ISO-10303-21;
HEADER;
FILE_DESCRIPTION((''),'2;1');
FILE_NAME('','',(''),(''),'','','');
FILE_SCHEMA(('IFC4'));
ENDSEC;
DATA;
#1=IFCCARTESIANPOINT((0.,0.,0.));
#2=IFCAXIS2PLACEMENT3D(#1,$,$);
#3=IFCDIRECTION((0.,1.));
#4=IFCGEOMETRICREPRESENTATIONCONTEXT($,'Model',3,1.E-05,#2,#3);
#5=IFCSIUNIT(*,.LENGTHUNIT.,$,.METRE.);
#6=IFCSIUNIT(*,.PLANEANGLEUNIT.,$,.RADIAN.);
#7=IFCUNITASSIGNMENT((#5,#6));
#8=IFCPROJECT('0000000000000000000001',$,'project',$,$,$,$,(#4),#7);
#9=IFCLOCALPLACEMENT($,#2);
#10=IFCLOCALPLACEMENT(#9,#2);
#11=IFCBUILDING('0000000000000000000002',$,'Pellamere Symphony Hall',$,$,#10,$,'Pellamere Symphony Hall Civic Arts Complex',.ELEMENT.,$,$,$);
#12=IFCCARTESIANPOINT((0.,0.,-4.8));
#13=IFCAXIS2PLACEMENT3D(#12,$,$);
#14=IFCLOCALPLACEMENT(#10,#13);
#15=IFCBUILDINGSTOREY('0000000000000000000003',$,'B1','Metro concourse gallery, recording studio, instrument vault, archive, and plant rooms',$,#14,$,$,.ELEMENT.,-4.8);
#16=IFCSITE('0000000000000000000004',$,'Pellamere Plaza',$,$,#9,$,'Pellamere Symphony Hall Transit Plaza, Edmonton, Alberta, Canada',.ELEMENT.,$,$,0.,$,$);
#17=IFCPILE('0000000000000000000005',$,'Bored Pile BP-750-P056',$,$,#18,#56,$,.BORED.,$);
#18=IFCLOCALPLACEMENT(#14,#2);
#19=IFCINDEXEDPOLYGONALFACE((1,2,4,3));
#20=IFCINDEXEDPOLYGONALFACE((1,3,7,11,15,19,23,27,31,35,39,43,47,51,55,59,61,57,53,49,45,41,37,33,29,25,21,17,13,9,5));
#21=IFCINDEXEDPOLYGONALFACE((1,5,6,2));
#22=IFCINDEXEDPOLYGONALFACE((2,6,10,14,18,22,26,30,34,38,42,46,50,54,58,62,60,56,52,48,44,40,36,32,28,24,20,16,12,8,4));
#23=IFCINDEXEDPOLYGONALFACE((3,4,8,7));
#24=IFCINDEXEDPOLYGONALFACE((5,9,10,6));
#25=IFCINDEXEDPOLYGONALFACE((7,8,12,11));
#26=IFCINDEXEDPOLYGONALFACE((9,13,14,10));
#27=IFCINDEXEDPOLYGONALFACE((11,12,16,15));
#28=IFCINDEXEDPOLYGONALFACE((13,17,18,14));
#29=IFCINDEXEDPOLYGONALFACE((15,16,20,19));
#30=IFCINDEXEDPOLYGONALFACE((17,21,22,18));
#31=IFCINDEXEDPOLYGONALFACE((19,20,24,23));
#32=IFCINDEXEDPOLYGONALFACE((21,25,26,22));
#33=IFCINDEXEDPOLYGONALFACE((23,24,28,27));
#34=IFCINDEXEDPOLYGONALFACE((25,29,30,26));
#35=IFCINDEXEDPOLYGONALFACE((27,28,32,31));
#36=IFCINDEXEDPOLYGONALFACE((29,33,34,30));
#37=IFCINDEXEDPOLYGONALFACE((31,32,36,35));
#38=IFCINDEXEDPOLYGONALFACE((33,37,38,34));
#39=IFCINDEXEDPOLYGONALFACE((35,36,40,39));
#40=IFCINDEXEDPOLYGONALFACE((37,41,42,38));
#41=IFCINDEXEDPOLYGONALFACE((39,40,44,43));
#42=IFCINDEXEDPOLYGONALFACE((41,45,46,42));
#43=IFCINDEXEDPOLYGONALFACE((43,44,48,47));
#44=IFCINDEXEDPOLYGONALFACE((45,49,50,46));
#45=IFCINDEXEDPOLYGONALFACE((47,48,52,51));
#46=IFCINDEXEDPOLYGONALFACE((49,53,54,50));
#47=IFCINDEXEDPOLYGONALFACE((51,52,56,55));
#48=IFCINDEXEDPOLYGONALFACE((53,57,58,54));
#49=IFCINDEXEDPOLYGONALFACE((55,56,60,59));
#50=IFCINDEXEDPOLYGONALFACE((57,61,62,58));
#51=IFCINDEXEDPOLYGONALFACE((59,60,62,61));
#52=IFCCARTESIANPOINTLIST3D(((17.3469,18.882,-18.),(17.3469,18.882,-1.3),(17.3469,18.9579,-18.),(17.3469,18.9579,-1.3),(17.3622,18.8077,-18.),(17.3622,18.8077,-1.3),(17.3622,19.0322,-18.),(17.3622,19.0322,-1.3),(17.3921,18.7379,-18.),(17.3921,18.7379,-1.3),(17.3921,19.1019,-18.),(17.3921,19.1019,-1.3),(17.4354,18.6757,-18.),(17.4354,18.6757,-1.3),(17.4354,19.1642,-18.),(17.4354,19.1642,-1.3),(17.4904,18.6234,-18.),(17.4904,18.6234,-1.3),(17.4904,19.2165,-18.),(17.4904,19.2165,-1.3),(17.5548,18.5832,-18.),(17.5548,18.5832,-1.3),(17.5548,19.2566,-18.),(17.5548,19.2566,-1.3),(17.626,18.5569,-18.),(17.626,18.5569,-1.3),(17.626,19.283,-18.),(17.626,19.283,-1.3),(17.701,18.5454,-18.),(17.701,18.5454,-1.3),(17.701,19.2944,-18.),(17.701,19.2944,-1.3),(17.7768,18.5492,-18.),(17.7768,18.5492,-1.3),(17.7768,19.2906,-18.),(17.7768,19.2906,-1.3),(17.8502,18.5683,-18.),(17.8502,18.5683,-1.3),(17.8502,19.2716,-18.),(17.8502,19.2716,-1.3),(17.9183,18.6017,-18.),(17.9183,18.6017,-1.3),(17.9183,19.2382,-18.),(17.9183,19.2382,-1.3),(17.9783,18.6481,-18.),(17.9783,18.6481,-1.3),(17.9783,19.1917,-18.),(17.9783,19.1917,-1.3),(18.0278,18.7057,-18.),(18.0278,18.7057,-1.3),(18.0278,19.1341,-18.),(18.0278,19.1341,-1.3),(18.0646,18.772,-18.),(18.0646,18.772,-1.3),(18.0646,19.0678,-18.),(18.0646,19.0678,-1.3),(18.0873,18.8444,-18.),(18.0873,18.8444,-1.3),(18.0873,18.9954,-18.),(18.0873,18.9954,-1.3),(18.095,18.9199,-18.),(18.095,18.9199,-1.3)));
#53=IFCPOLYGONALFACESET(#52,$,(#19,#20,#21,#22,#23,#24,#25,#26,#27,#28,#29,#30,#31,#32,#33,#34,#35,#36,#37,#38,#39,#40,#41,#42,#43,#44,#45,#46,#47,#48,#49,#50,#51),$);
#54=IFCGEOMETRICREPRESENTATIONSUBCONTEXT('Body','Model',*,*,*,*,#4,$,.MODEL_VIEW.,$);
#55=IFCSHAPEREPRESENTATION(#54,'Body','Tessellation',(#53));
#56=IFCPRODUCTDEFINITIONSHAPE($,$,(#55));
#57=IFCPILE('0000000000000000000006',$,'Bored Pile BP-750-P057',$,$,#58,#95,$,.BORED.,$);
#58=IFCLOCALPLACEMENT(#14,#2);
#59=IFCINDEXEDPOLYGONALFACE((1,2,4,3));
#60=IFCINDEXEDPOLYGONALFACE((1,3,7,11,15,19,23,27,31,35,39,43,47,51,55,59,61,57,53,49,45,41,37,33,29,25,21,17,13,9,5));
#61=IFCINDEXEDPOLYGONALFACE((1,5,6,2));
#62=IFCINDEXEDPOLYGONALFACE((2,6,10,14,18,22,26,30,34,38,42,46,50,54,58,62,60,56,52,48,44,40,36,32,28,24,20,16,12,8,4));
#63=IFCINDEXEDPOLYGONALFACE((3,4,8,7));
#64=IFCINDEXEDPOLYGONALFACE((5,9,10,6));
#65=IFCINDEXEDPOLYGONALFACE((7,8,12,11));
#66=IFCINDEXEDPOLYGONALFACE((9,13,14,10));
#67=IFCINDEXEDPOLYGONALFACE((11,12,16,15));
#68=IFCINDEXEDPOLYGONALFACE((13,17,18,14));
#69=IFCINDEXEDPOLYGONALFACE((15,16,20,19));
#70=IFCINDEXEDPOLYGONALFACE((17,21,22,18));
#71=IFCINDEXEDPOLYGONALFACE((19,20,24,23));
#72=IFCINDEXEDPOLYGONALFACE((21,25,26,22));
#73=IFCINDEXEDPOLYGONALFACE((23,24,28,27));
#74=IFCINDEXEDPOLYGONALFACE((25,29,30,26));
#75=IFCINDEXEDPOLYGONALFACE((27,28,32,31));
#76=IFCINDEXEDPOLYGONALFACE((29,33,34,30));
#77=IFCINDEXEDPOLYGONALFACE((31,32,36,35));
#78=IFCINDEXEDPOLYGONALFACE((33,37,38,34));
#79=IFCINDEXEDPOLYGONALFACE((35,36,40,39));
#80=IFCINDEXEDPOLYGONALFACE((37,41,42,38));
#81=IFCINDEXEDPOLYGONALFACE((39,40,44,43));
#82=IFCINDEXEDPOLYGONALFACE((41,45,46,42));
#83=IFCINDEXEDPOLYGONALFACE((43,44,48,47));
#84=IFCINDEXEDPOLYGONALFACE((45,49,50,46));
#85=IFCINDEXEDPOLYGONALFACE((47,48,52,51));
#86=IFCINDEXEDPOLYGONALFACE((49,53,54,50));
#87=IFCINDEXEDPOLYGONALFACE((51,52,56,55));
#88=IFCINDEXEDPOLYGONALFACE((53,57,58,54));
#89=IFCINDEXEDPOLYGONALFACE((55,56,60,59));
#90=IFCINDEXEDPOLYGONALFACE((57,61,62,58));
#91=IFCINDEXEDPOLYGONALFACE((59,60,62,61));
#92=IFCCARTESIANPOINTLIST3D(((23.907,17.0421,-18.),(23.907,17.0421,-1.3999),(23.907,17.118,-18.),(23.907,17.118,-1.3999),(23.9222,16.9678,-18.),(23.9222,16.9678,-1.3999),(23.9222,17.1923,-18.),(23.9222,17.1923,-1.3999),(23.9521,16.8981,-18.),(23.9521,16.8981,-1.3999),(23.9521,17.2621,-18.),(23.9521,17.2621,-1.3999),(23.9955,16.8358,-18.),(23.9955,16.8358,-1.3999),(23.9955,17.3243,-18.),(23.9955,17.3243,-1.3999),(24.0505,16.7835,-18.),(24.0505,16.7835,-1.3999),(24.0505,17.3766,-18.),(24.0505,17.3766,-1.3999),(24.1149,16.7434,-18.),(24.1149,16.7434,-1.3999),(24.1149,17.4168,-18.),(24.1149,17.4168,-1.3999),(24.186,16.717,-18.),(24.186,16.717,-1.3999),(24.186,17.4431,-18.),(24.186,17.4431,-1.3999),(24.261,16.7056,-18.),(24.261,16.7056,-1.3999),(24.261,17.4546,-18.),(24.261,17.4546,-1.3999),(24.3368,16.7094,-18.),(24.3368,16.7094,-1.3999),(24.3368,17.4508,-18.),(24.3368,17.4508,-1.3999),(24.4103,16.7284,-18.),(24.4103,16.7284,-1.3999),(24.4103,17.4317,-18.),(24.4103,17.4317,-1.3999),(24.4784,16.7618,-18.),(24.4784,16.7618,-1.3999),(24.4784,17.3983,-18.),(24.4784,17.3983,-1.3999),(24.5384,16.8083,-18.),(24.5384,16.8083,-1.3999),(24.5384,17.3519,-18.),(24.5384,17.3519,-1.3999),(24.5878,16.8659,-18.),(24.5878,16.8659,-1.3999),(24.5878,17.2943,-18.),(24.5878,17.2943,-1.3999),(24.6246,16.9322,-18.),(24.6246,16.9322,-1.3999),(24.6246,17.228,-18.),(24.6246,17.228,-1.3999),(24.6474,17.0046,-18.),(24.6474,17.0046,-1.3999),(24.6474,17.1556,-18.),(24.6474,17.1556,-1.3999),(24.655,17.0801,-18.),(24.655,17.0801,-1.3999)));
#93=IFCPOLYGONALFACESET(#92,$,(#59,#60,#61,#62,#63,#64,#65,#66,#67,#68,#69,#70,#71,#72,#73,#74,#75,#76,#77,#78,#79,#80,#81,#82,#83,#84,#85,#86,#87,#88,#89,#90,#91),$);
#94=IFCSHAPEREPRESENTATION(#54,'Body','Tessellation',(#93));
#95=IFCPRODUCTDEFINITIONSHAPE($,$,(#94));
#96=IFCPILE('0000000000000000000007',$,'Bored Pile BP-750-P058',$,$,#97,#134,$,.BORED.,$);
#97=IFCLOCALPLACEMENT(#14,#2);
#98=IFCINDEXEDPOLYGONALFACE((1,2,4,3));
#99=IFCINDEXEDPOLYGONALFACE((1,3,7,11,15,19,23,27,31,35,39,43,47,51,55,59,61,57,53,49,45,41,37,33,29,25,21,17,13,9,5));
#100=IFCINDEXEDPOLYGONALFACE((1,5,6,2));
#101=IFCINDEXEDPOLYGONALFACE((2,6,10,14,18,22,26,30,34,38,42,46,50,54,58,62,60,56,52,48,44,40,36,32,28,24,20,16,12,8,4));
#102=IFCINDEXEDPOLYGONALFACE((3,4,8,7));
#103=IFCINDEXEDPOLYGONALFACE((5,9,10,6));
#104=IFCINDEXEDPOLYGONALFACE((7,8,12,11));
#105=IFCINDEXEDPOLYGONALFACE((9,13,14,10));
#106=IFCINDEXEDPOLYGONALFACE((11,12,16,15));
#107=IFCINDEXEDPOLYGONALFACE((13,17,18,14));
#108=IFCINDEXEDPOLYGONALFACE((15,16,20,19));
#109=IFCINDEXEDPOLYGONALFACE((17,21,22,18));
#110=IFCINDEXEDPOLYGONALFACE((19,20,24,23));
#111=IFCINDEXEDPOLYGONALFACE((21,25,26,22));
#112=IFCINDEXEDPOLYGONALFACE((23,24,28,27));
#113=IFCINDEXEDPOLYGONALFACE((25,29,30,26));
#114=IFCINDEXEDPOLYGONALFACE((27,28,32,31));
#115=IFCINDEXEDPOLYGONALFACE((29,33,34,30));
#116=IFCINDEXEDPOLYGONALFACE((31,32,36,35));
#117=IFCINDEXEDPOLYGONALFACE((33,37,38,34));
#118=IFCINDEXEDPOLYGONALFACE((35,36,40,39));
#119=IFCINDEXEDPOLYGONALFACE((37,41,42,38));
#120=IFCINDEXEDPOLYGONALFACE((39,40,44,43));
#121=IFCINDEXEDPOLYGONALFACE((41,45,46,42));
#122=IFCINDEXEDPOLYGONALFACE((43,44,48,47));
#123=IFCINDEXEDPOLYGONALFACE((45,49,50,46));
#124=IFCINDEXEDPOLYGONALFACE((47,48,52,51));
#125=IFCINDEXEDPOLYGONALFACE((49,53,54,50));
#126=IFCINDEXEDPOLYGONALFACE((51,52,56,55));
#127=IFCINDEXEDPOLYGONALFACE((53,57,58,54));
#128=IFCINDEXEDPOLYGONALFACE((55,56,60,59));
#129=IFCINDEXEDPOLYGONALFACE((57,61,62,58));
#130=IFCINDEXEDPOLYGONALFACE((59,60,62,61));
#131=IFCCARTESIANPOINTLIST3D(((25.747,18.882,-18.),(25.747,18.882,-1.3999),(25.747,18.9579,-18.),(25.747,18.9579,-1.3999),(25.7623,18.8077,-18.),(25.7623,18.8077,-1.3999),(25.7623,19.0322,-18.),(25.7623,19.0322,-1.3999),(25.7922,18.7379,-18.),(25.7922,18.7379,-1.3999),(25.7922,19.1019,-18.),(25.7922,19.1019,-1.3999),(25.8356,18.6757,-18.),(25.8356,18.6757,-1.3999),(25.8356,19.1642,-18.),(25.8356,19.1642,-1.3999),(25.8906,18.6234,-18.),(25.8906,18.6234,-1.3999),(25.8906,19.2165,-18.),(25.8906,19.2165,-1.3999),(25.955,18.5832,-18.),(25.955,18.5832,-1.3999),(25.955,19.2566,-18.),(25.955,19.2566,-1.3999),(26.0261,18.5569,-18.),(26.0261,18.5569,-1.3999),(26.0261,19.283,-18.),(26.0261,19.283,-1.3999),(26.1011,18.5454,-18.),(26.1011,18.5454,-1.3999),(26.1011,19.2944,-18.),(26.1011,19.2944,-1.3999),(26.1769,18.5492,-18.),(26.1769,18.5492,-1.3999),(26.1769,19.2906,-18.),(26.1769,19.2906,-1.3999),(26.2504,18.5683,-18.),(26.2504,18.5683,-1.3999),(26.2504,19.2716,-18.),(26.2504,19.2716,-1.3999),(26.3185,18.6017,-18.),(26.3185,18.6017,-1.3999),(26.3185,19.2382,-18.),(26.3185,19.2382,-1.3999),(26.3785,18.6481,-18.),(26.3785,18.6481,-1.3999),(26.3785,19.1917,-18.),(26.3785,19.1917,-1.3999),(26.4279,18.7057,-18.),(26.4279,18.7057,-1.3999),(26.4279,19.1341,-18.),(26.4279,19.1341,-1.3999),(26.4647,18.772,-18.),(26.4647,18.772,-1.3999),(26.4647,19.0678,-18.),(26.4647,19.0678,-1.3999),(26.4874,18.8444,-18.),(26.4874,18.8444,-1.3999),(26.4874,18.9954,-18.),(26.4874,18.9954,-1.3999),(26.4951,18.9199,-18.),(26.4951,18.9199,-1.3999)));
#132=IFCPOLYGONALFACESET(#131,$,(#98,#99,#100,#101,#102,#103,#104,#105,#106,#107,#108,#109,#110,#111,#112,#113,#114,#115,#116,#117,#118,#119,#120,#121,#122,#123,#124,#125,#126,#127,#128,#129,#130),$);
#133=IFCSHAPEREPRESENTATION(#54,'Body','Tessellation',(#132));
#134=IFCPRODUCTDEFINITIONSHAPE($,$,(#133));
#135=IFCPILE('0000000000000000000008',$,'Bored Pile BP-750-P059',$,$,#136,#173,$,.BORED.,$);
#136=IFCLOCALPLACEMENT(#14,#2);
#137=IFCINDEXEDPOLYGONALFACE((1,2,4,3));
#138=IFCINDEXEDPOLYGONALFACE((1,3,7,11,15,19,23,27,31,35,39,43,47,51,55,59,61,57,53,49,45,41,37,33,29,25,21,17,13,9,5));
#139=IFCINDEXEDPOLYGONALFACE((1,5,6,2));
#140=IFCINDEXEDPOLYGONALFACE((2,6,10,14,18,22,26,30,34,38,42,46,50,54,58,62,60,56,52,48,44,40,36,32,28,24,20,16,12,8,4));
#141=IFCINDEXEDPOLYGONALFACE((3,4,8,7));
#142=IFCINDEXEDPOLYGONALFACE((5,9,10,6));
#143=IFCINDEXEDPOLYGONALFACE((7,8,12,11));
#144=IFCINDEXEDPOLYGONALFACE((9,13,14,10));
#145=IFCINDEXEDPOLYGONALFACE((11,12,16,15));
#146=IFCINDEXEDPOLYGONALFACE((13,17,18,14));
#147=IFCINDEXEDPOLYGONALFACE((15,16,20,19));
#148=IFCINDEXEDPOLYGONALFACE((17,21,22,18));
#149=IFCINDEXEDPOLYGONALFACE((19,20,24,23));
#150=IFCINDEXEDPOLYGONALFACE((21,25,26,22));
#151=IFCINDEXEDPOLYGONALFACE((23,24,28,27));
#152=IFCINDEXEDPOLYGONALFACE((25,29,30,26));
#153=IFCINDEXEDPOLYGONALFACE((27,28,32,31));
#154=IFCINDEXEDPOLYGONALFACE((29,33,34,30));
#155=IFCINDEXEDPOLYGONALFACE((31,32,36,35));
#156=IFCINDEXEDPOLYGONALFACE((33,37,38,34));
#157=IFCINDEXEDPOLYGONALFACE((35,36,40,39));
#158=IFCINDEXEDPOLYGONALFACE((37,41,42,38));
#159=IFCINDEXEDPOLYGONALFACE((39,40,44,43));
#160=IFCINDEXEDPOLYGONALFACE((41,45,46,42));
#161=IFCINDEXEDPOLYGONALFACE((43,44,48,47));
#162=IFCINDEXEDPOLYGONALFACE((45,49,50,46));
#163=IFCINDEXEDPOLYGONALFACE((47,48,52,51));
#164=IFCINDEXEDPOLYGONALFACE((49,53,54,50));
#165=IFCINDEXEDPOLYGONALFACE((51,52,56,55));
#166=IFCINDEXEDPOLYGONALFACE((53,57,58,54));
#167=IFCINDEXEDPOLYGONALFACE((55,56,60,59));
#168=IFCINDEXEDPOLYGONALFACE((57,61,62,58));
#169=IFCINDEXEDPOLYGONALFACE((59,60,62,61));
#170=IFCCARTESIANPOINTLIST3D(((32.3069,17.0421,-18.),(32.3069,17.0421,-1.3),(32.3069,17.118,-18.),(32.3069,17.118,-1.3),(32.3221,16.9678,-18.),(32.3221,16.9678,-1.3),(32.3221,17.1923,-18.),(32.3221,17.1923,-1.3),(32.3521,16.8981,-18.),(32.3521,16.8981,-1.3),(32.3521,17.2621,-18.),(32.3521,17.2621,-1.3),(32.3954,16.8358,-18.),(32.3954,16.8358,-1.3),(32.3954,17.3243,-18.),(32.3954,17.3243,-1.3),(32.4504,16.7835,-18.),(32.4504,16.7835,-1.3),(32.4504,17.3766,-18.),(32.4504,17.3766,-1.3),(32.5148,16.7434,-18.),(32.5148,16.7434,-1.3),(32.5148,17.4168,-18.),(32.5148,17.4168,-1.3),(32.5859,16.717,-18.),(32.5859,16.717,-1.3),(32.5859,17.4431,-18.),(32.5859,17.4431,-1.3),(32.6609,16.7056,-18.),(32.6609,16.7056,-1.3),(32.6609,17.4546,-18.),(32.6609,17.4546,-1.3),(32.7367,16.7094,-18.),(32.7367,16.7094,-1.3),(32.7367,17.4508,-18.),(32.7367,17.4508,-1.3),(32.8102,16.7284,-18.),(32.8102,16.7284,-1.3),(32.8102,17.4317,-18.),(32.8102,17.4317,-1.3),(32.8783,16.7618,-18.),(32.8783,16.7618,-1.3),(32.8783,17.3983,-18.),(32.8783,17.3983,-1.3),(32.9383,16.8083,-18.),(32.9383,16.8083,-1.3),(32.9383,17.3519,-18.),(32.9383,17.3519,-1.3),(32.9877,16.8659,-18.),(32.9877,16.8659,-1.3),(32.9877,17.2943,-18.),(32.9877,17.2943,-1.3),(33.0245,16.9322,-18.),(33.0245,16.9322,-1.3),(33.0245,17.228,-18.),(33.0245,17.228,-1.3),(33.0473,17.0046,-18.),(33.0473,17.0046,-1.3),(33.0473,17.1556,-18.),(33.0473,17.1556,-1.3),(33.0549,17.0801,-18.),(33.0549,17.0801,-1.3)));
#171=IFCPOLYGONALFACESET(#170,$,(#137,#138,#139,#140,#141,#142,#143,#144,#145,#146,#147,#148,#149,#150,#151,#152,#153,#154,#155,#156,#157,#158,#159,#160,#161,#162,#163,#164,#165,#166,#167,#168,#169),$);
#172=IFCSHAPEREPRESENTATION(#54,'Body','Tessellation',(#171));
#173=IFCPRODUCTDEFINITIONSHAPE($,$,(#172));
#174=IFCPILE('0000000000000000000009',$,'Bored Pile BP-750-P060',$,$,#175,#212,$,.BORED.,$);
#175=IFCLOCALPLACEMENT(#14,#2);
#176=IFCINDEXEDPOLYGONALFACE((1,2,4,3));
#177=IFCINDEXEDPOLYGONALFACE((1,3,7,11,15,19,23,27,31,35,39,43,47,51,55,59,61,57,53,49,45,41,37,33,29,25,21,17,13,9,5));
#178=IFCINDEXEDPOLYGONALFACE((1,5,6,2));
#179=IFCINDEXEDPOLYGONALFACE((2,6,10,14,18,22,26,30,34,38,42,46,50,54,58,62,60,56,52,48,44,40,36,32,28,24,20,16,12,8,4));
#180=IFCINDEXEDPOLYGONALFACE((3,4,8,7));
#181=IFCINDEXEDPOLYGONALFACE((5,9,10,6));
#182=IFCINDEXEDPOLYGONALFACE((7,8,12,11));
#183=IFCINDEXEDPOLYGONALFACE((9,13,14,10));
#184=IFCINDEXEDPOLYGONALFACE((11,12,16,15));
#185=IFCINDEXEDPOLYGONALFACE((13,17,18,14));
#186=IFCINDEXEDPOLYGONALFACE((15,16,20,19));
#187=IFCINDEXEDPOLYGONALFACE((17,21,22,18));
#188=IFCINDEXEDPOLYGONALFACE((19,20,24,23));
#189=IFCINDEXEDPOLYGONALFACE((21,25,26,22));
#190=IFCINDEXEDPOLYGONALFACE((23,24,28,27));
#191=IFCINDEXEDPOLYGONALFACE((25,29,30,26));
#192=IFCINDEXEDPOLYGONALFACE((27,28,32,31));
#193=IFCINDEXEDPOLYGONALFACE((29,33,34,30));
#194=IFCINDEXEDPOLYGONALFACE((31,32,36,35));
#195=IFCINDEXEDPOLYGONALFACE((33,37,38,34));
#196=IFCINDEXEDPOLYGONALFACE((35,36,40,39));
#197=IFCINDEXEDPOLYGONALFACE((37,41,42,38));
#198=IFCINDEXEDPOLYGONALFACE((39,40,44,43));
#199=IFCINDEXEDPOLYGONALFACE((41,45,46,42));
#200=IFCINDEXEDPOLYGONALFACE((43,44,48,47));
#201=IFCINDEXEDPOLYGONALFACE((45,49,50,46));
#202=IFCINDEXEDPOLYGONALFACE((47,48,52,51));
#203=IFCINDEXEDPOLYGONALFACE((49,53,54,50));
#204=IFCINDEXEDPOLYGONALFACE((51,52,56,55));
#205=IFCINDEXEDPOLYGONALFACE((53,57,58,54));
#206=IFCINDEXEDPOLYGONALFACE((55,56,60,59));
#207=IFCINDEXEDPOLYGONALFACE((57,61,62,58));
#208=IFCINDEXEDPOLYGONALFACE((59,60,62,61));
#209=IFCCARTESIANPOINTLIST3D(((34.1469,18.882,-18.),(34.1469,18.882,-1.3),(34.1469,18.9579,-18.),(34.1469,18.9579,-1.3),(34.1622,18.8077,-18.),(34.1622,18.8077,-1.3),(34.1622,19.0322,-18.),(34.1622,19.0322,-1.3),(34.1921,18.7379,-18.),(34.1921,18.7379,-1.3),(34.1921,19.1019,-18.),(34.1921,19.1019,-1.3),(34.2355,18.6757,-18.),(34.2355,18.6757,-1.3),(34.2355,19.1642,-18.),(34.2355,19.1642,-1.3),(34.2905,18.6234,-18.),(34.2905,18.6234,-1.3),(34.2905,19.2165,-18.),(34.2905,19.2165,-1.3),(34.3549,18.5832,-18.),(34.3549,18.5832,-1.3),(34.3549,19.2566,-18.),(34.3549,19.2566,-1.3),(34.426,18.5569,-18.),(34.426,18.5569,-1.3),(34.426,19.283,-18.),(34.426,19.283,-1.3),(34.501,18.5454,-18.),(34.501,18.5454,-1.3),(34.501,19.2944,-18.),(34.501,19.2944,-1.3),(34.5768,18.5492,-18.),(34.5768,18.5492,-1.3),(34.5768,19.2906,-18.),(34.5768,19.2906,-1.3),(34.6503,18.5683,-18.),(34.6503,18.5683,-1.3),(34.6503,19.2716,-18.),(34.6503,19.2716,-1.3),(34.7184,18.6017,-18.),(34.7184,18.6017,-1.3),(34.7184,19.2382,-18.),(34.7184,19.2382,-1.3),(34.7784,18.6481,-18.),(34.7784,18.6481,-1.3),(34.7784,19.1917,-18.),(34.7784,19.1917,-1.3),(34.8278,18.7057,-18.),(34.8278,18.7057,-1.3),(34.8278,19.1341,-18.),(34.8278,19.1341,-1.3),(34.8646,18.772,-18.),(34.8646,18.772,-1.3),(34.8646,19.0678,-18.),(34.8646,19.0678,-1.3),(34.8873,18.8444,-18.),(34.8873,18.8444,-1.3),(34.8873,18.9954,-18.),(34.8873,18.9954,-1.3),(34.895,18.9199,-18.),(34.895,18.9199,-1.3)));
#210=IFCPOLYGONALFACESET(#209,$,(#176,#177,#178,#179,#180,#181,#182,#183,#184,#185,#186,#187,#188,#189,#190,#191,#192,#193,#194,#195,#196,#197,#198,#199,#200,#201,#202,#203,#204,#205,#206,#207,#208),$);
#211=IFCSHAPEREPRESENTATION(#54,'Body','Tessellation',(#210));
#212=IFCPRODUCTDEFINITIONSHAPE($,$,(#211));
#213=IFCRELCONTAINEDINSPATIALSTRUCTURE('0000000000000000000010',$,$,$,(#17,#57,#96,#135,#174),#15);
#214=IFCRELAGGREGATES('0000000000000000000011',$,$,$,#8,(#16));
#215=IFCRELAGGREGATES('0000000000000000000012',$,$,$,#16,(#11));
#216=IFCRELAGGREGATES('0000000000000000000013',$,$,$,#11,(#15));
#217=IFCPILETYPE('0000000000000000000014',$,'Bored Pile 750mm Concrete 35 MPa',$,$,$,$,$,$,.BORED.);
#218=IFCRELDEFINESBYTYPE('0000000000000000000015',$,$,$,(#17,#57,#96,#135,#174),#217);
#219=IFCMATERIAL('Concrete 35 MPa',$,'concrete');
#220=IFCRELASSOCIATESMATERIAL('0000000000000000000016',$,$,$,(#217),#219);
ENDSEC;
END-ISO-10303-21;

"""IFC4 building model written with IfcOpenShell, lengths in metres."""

from ifc_helpers import new_model, si_unit, direction, frame, origin, origin_2d, place, context, subcontext, project, spatial, circle, extrude, material, material_profile, profile_set, type_object, element, save


model = new_model("IFC4")

# Units and contexts
model_context = context("Model", 3, precision=1e-05, world=origin(), true_north=direction((0.0, 1.0)))
body_context = subcontext(model_context, "Body", "Model", "MODEL_VIEW")
ifc_project = project(units=[si_unit("LENGTHUNIT", "METRE"), si_unit("PLANEANGLEUNIT", "RADIAN")], contexts=[model_context])

# Site, building, storey
site_placement = place(None, origin())
site = spatial("IfcSite", under=ifc_project, at=site_placement, Name="Pellamere Plaza", LongName="Pellamere Symphony Hall Transit Plaza, Edmonton, Alberta, Canada", CompositionType="ELEMENT", RefElevation=0.0)
building_placement = place(site_placement, origin())
building = spatial("IfcBuilding", under=site, at=building_placement, Name="Pellamere Symphony Hall", LongName="Pellamere Symphony Hall Civic Arts Complex", CompositionType="ELEMENT")
storey_placement = place(building_placement, frame((0.0, 0.0, -4.8)))
storey = spatial("IfcBuildingStorey", under=building, at=storey_placement, Name="B1", Description="Metro concourse gallery, recording studio, instrument vault, archive, and plant rooms", CompositionType="ELEMENT", Elevation=-4.8)

# Piles
ifc_material_1 = material(Name="Concrete 35 MPa", Category="concrete")
ifc_material_profile_1 = material_profile(ifc_material_1, circle(Radius=0.375, at=origin_2d()), Name="PILE D750")
ifc_profile_set_1 = profile_set([ifc_material_profile_1], Name="Concrete 35 MPa")
pile_type = type_object("IfcPileType", Name="Bored Pile 750mm Concrete 35 MPa", PredefinedType="BORED", material=ifc_profile_set_1)
for number, where, z_axis, x_axis, name in (
    (1, (17.72, 18.9199, -1.3), (0.0, 0.0, -1.0), (1.0, 0.0, 0.0), "Bored Pile BP-750-P056"),
):
    element("IfcPile", number, at=place(storey_placement, frame(where, z_axis=z_axis, x_axis=x_axis)), inside=storey, type_object=pile_type, Name=name, PredefinedType="BORED", context=body_context, shape_type="SweptSolid", body=[
        extrude(circle(Radius=0.375, at=origin_2d()), origin(), (0.0, 0.0, 1.0), 16.7),
    ])
for number, where, z_axis, x_axis, name in (
    (2, (24.28, 17.0801, -1.3999), (0.0, 0.0, -1.0), (1.0, 0.0, 0.0), "Bored Pile BP-750-P057"),
    (3, (26.1201, 18.9199, -1.3999), (0.0, 0.0, -1.0), (1.0, 0.0, 0.0), "Bored Pile BP-750-P058"),
):
    element("IfcPile", number, at=place(storey_placement, frame(where, z_axis=z_axis, x_axis=x_axis)), inside=storey, type_object=pile_type, Name=name, PredefinedType="BORED", context=body_context, shape_type="SweptSolid", body=[
        extrude(circle(Radius=0.375, at=origin_2d()), origin(), (0.0, 0.0, 1.0), 16.6001),
    ])
for number, where, z_axis, x_axis, name in (
    (4, (32.6799, 17.0801, -1.3), (0.0, 0.0, -1.0), (1.0, 0.0, 0.0), "Bored Pile BP-750-P059"),
    (5, (34.52, 18.9199, -1.3), (0.0, 0.0, -1.0), (1.0, 0.0, 0.0), "Bored Pile BP-750-P060"),
):
    element("IfcPile", number, at=place(storey_placement, frame(where, z_axis=z_axis, x_axis=x_axis)), inside=storey, type_object=pile_type, Name=name, PredefinedType="BORED", context=body_context, shape_type="SweptSolid", body=[
        extrude(circle(Radius=0.375, at=origin_2d()), origin(), (0.0, 0.0, 1.0), 16.7),
    ])

save(model, "model.ifc")
